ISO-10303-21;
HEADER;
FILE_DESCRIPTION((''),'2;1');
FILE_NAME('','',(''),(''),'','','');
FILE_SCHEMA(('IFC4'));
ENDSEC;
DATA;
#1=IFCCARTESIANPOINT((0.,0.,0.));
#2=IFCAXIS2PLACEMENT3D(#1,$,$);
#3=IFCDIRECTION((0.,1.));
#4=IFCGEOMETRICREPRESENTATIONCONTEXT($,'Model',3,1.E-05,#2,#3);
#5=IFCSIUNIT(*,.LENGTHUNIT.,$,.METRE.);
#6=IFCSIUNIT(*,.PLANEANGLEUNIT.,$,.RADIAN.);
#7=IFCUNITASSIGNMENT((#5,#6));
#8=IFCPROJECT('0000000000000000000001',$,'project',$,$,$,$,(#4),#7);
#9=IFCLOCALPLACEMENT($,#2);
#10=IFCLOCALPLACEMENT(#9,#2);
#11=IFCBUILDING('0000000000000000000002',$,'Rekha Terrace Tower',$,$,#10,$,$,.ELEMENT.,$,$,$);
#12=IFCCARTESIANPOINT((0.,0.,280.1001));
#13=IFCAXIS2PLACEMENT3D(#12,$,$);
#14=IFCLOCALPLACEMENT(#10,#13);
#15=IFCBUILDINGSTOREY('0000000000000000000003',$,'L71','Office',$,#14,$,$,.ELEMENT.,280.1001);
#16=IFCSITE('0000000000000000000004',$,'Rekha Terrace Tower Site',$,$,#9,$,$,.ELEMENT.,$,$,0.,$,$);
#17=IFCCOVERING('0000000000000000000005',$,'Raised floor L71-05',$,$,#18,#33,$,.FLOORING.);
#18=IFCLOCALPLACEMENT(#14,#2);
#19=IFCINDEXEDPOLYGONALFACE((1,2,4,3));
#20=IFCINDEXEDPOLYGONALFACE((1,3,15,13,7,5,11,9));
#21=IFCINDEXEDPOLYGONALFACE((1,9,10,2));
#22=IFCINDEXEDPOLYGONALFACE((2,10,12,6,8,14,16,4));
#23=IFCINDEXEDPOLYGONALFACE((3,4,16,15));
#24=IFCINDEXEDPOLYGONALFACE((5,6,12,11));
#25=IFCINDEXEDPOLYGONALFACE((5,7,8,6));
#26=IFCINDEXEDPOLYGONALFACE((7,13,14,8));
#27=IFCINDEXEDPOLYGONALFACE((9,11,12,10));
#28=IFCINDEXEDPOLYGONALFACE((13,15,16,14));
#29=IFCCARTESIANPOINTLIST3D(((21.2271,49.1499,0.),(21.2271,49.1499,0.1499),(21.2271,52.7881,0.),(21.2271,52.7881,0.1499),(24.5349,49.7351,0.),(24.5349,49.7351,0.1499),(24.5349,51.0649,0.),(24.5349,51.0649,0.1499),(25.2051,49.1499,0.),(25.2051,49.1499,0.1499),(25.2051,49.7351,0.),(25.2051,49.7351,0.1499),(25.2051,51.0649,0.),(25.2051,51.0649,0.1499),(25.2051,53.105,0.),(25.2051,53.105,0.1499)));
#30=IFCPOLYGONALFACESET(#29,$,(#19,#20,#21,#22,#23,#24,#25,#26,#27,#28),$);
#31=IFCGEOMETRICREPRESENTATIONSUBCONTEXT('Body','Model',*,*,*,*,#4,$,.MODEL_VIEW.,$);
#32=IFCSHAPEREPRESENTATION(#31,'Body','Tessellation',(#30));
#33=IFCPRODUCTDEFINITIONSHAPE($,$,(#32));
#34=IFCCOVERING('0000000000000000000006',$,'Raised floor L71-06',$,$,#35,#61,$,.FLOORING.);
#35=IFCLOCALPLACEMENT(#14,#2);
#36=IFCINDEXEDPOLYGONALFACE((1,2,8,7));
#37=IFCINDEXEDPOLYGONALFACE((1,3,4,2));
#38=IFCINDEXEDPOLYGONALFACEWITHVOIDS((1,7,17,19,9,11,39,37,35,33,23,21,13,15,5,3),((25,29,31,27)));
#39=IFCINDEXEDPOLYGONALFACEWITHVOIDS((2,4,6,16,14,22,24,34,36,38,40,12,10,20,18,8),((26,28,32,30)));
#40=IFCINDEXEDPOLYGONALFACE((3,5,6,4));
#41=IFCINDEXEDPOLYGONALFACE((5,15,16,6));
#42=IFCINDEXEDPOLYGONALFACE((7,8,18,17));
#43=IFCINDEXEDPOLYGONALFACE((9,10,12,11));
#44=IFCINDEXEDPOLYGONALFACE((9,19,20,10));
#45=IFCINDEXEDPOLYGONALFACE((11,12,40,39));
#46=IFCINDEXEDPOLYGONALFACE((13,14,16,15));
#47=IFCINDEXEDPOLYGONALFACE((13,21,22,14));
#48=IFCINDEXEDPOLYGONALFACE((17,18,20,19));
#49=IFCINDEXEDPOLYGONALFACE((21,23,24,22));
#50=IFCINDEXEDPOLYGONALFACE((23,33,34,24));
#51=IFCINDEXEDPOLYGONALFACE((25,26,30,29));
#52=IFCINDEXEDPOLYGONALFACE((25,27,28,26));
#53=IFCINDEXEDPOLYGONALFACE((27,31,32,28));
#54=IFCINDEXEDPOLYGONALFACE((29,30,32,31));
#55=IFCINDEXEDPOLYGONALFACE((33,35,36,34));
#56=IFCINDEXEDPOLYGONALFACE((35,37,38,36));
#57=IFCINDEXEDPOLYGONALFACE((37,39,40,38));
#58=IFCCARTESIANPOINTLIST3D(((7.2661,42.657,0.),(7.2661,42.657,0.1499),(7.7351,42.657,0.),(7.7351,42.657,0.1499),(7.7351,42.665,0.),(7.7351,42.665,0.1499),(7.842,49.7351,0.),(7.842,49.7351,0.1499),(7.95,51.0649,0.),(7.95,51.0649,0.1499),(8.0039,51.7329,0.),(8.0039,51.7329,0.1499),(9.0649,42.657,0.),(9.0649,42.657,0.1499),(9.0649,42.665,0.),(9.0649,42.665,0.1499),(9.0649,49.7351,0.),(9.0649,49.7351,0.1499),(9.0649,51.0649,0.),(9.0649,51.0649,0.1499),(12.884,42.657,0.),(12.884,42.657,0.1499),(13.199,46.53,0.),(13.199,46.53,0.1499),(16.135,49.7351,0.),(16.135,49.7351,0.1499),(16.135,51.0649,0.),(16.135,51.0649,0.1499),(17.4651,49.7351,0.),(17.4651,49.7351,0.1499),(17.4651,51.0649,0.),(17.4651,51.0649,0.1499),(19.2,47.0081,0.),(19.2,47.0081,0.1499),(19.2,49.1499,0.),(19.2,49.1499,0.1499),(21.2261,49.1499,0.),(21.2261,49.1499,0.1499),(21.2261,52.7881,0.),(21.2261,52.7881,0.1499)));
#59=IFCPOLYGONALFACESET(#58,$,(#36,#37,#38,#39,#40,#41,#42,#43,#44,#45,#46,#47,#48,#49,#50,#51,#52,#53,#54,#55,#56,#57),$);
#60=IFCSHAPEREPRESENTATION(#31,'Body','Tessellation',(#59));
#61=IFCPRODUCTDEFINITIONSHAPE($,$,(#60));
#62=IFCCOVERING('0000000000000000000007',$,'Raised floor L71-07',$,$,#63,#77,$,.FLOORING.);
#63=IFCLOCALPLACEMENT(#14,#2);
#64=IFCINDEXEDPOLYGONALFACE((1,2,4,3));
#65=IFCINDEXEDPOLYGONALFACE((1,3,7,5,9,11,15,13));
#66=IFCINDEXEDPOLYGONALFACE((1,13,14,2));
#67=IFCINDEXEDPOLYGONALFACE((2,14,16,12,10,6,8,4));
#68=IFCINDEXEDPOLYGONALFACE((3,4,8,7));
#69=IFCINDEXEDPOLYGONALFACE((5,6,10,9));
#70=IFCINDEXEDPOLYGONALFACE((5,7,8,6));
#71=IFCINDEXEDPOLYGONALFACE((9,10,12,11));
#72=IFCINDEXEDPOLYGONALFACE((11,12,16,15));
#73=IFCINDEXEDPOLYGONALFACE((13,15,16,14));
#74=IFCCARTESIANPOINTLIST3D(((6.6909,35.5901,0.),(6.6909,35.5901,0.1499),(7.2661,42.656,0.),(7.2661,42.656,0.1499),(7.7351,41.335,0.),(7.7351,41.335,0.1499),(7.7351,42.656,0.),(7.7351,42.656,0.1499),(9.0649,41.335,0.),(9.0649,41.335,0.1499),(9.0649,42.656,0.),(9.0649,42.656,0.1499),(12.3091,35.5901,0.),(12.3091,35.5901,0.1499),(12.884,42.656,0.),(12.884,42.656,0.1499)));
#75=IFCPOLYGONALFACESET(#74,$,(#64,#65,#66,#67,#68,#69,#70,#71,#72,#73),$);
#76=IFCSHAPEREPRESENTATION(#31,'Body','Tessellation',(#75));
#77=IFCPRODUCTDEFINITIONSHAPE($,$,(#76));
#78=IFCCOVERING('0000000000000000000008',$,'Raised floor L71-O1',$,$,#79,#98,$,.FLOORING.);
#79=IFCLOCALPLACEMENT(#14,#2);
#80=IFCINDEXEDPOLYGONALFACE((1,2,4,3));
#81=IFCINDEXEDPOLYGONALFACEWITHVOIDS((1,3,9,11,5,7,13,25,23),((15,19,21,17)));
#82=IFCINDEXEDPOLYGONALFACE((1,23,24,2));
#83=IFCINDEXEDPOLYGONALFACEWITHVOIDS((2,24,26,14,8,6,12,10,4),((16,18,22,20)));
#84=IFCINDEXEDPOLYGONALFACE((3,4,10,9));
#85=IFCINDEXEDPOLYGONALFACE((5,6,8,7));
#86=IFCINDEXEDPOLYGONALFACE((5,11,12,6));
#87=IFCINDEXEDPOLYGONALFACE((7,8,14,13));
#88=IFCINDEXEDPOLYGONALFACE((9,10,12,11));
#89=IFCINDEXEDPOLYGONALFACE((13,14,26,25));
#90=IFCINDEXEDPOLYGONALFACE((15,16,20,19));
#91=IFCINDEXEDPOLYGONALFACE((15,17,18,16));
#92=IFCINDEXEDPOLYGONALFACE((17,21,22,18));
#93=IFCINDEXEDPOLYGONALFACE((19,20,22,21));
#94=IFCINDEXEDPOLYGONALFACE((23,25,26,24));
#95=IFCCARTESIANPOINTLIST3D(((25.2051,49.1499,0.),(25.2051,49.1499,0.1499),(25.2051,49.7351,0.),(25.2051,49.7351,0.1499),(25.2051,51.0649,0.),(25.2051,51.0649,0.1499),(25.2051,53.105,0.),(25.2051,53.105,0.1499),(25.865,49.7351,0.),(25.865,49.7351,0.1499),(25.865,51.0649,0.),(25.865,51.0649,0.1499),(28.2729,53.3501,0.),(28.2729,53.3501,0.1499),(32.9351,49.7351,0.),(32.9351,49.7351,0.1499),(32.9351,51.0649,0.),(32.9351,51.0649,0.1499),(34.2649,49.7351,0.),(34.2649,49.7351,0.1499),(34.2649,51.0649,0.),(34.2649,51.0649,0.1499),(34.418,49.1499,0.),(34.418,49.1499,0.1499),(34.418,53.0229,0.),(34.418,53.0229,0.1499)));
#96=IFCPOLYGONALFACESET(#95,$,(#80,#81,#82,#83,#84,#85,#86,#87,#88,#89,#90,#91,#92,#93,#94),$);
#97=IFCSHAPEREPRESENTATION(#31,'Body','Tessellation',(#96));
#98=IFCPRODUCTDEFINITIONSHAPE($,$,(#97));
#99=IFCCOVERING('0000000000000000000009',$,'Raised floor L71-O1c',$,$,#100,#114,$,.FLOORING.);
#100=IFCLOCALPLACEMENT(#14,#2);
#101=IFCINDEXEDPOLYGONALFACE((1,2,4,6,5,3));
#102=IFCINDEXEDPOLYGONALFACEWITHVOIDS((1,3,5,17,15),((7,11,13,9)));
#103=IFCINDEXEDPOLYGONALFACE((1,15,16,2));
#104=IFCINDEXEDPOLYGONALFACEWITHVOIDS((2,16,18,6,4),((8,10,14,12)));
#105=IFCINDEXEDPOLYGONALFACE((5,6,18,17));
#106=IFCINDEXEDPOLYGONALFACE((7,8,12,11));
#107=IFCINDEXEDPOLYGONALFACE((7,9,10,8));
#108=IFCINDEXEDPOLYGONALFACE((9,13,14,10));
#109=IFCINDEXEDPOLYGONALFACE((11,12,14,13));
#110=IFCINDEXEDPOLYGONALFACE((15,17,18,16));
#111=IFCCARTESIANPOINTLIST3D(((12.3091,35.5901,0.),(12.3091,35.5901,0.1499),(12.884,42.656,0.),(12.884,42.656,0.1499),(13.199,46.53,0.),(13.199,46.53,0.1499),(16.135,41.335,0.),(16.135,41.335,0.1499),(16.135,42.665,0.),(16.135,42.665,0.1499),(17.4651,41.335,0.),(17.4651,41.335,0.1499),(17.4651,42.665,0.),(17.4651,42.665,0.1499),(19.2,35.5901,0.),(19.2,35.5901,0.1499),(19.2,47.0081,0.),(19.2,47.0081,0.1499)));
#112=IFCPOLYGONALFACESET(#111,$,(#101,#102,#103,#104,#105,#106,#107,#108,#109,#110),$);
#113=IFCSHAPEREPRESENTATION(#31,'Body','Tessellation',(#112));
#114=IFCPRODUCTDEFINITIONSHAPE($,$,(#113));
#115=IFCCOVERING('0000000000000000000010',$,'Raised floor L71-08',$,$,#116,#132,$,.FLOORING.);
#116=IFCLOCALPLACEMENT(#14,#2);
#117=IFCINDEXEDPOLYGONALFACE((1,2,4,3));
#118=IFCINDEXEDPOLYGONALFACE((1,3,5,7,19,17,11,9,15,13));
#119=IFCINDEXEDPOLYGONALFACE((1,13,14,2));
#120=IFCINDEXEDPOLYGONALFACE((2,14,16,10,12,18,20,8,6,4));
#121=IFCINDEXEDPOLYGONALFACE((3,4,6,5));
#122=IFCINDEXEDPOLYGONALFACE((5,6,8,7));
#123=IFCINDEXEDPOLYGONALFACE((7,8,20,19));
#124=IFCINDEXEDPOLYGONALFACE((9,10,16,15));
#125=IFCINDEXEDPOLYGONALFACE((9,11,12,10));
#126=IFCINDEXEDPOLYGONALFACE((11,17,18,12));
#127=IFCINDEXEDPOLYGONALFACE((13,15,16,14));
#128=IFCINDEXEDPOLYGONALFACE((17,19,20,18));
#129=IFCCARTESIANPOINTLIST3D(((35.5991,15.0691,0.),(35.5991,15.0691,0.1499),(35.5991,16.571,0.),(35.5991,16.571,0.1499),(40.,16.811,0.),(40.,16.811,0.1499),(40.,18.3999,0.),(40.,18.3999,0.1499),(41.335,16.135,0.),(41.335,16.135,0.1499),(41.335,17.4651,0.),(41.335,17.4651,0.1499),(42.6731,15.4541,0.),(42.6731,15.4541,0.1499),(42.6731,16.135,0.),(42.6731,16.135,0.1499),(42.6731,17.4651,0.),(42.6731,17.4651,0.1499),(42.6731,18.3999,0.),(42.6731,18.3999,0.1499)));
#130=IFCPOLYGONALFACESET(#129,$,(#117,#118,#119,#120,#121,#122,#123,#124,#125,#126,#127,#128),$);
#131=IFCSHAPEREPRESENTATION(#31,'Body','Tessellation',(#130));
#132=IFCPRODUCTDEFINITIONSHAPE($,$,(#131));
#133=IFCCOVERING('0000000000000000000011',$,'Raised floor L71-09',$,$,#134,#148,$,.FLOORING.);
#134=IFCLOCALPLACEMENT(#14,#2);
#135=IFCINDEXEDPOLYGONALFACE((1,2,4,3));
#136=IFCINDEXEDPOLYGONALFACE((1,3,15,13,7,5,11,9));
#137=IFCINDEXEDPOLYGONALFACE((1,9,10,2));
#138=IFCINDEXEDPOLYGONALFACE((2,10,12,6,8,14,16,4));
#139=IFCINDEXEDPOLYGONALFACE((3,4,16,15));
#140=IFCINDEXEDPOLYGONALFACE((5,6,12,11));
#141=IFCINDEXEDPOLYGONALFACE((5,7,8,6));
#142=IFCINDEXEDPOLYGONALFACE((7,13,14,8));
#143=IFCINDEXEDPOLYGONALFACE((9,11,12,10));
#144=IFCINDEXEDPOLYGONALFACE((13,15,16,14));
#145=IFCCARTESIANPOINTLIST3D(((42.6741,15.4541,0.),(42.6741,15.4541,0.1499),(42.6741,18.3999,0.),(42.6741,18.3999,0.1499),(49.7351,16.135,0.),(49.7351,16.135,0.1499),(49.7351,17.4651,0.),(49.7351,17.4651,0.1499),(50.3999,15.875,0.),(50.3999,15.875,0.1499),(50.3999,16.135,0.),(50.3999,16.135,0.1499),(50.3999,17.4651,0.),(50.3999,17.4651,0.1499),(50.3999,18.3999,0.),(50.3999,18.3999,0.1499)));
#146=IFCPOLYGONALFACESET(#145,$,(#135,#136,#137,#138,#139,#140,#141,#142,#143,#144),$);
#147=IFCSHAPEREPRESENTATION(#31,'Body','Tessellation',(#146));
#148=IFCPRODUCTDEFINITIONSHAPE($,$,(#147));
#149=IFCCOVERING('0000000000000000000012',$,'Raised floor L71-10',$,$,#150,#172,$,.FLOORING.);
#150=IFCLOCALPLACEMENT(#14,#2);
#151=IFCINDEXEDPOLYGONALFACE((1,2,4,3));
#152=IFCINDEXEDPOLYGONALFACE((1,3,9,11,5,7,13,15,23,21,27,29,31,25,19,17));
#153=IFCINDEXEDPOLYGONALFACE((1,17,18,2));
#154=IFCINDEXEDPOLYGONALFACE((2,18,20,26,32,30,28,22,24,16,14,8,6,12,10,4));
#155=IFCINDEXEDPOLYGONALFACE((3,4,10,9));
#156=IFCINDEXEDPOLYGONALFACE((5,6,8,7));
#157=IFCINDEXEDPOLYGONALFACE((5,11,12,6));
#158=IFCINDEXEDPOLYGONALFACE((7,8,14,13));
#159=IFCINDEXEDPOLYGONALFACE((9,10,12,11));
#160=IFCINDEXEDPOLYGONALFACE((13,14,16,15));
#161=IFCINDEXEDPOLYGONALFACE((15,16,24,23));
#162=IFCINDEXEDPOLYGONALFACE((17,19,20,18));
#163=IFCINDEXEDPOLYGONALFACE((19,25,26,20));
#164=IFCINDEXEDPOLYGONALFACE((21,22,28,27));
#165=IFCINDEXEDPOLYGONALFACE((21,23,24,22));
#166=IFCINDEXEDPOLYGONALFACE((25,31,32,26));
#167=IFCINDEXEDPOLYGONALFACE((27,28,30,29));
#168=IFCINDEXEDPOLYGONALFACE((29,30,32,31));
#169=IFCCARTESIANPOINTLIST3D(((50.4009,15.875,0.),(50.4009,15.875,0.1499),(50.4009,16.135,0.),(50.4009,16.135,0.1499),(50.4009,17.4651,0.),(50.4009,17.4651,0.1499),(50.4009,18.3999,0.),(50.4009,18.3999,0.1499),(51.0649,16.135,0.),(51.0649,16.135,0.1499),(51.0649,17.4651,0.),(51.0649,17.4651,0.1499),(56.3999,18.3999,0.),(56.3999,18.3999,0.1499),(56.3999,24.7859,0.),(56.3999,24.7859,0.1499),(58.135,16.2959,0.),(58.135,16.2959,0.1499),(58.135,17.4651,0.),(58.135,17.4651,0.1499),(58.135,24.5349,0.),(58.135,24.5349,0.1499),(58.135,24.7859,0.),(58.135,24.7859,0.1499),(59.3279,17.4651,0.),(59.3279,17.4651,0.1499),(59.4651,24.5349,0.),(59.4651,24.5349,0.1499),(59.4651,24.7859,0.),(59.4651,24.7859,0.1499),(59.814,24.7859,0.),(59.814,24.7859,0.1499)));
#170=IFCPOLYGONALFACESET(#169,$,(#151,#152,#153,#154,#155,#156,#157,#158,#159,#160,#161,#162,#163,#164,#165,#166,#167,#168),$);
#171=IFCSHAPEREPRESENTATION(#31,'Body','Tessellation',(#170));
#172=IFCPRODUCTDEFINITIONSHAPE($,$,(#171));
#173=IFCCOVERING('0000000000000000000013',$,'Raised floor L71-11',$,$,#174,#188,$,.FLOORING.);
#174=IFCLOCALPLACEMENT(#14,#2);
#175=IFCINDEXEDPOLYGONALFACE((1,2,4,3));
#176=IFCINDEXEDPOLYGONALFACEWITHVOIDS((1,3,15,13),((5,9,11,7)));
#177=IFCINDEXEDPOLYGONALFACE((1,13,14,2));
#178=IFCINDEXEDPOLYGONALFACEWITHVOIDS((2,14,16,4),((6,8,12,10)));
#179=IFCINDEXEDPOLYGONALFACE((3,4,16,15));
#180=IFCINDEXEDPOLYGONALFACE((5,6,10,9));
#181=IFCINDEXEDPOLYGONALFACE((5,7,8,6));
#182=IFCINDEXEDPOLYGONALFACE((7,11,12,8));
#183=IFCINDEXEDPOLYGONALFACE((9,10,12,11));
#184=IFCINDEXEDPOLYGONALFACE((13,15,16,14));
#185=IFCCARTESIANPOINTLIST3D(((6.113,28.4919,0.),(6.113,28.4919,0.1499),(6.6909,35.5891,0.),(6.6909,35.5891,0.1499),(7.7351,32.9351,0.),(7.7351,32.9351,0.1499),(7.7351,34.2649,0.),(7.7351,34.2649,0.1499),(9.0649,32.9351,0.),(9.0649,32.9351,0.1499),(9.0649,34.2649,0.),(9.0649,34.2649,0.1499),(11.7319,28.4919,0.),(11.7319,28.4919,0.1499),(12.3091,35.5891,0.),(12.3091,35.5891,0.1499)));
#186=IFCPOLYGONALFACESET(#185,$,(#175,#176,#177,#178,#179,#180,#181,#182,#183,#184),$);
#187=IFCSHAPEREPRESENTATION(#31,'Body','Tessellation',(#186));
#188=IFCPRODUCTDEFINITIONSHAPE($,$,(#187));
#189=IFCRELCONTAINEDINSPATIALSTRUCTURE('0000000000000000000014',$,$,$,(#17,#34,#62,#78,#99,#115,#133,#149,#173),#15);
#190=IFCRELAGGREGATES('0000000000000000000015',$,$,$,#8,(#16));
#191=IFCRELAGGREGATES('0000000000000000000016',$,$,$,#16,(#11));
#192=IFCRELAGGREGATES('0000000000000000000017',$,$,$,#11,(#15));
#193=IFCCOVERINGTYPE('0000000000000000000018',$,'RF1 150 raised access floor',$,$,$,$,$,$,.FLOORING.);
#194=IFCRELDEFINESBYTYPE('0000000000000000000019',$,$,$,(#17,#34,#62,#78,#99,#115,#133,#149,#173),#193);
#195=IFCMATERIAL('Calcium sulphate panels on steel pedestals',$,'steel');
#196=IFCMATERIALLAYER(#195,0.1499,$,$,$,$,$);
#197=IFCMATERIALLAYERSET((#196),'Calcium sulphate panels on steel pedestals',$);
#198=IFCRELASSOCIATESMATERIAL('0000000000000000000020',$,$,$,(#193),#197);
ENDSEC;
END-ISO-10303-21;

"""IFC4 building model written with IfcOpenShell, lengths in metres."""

from ifc_helpers import new_model, si_unit, direction, frame, origin, place, context, subcontext, project, spatial, polyline, outline, extrude, material, layer, layer_set, type_object, element, save


model = new_model("IFC4")

# Units and contexts
model_context = context("Model", 3, precision=1e-05, world=origin(), true_north=direction((0.0, 1.0)))
body_context = subcontext(model_context, "Body", "Model", "MODEL_VIEW")
ifc_project = project(units=[si_unit("LENGTHUNIT", "METRE"), si_unit("PLANEANGLEUNIT", "RADIAN")], contexts=[model_context])

# Site, building, storey
site_placement = place(None, origin())
site = spatial("IfcSite", under=ifc_project, at=site_placement, Name="Rekha Terrace Tower Site", CompositionType="ELEMENT", RefElevation=0.0)
building_placement = place(site_placement, origin())
building = spatial("IfcBuilding", under=site, at=building_placement, Name="Rekha Terrace Tower", CompositionType="ELEMENT")
storey_placement = place(building_placement, frame((0.0, 0.0, 280.1001)))
storey = spatial("IfcBuildingStorey", under=building, at=storey_placement, Name="L71", Description="Office", CompositionType="ELEMENT", Elevation=280.1001)

# Coverings
ifc_material_1 = material(Name="Calcium sulphate panels on steel pedestals", Category="steel")
ifc_layer_1 = layer(ifc_material_1, 0.1499)
ifc_layer_set_1 = layer_set([ifc_layer_1], Name="Calcium sulphate panels on steel pedestals")
covering_type_1 = type_object("IfcCoveringType", Name="RF1 150 raised access floor", PredefinedType="FLOORING", material=ifc_layer_set_1)
covering_1_placement = place(storey_placement, origin())
element("IfcCovering", 1, at=covering_1_placement, inside=storey, type_object=covering_type_1, Name="Raised floor L71-05", PredefinedType="FLOORING", context=body_context, shape_type="SweptSolid", body=[
    extrude(outline(polyline([(25.2051, 51.0649), (25.2051, 53.105), (21.2271, 52.7881), (21.2271, 49.1499), (25.2051, 49.1499), (25.2051, 49.7351), (24.5349, 49.7351), (24.5349, 51.0649), (25.2051, 51.0649)])), origin(), (0.0, 0.0, 1.0), 0.1499),
])
covering_2_placement = place(storey_placement, origin())
element("IfcCovering", 2, at=covering_2_placement, inside=storey, type_object=covering_type_1, Name="Raised floor L71-06", PredefinedType="FLOORING", context=body_context, shape_type="SweptSolid", body=[
    extrude(outline(polyline([(7.2661, 42.657), (7.7351, 42.657), (7.7351, 42.665), (9.0649, 42.665), (9.0649, 42.657), (12.884, 42.657), (13.199, 46.53), (19.2, 47.0081), (19.2, 49.1499), (21.2261, 49.1499), (21.2261, 52.7881), (8.0039, 51.7329), (7.95, 51.0649), (9.0649, 51.0649), (9.0649, 49.7351), (7.842, 49.7351), (7.2661, 42.657)]), holes=[polyline([(17.4651, 49.7351), (16.135, 49.7351), (16.135, 51.0649), (17.4651, 51.0649), (17.4651, 49.7351)])]), origin(), (0.0, 0.0, 1.0), 0.1499),
])
covering_3_placement = place(storey_placement, origin())
element("IfcCovering", 3, at=covering_3_placement, inside=storey, type_object=covering_type_1, Name="Raised floor L71-07", PredefinedType="FLOORING", context=body_context, shape_type="SweptSolid", body=[
    extrude(outline(polyline([(7.7351, 42.656), (7.2661, 42.656), (6.6909, 35.5901), (12.3091, 35.5901), (12.884, 42.656), (9.0649, 42.656), (9.0649, 41.335), (7.7351, 41.335), (7.7351, 42.656)])), origin(), (0.0, 0.0, 1.0), 0.1499),
])
covering_4_placement = place(storey_placement, origin())
element("IfcCovering", 4, at=covering_4_placement, inside=storey, type_object=covering_type_1, Name="Raised floor L71-O1", PredefinedType="FLOORING", context=body_context, shape_type="SweptSolid", body=[
    extrude(outline(polyline([(25.2051, 49.7351), (25.2051, 49.1499), (34.418, 49.1499), (34.418, 53.0229), (28.2729, 53.3501), (25.2051, 53.105), (25.2051, 51.0649), (25.865, 51.0649), (25.865, 49.7351), (25.2051, 49.7351)]), holes=[polyline([(34.2649, 49.7351), (32.9351, 49.7351), (32.9351, 51.0649), (34.2649, 51.0649), (34.2649, 49.7351)])]), origin(), (0.0, 0.0, 1.0), 0.1499),
])
covering_5_placement = place(storey_placement, origin())
element("IfcCovering", 5, at=covering_5_placement, inside=storey, type_object=covering_type_1, Name="Raised floor L71-O1c", PredefinedType="FLOORING", context=body_context, shape_type="SweptSolid", body=[
    extrude(outline(polyline([(13.199, 46.53), (12.884, 42.656), (12.3091, 35.5901), (19.2, 35.5901), (19.2, 47.0081), (13.199, 46.53)]), holes=[polyline([(17.4651, 41.335), (16.135, 41.335), (16.135, 42.665), (17.4651, 42.665), (17.4651, 41.335)])]), origin(), (0.0, 0.0, 1.0), 0.1499),
])
covering_6_placement = place(storey_placement, origin())
element("IfcCovering", 6, at=covering_6_placement, inside=storey, type_object=covering_type_1, Name="Raised floor L71-08", PredefinedType="FLOORING", context=body_context, shape_type="SweptSolid", body=[
    extrude(outline(polyline([(42.6731, 18.3999), (40.0, 18.3999), (40.0, 16.811), (35.5991, 16.571), (35.5991, 15.0691), (42.6731, 15.4541), (42.6731, 16.135), (41.335, 16.135), (41.335, 17.4651), (42.6731, 17.4651), (42.6731, 18.3999)])), origin(), (0.0, 0.0, 1.0), 0.1499),
])
covering_7_placement = place(storey_placement, origin())
element("IfcCovering", 7, at=covering_7_placement, inside=storey, type_object=covering_type_1, Name="Raised floor L71-09", PredefinedType="FLOORING", context=body_context, shape_type="SweptSolid", body=[
    extrude(outline(polyline([(42.6741, 18.3999), (42.6741, 15.4541), (50.3999, 15.875), (50.3999, 16.135), (49.7351, 16.135), (49.7351, 17.4651), (50.3999, 17.4651), (50.3999, 18.3999), (42.6741, 18.3999)])), origin(), (0.0, 0.0, 1.0), 0.1499),
])
covering_8_placement = place(storey_placement, origin())
element("IfcCovering", 8, at=covering_8_placement, inside=storey, type_object=covering_type_1, Name="Raised floor L71-10", PredefinedType="FLOORING", context=body_context, shape_type="SweptSolid", body=[
    extrude(outline(polyline([(58.135, 24.5349), (58.135, 24.7859), (56.3999, 24.7859), (56.3999, 18.3999), (50.4009, 18.3999), (50.4009, 17.4651), (51.0649, 17.4651), (51.0649, 16.135), (50.4009, 16.135), (50.4009, 15.875), (58.135, 16.2959), (58.135, 17.4651), (59.3279, 17.4651), (59.814, 24.7859), (59.4651, 24.7859), (59.4651, 24.5349), (58.135, 24.5349)])), origin(), (0.0, 0.0, 1.0), 0.1499),
])
covering_9_placement = place(storey_placement, origin())
element("IfcCovering", 9, at=covering_9_placement, inside=storey, type_object=covering_type_1, Name="Raised floor L71-11", PredefinedType="FLOORING", context=body_context, shape_type="SweptSolid", body=[
    extrude(outline(polyline([(11.7319, 28.4919), (12.3091, 35.5891), (6.6909, 35.5891), (6.113, 28.4919), (11.7319, 28.4919)]), holes=[polyline([(9.0649, 34.2649), (9.0649, 32.9351), (7.7351, 32.9351), (7.7351, 34.2649), (9.0649, 34.2649)])]), origin(), (0.0, 0.0, 1.0), 0.1499),
])

save(model, "model.ifc")
